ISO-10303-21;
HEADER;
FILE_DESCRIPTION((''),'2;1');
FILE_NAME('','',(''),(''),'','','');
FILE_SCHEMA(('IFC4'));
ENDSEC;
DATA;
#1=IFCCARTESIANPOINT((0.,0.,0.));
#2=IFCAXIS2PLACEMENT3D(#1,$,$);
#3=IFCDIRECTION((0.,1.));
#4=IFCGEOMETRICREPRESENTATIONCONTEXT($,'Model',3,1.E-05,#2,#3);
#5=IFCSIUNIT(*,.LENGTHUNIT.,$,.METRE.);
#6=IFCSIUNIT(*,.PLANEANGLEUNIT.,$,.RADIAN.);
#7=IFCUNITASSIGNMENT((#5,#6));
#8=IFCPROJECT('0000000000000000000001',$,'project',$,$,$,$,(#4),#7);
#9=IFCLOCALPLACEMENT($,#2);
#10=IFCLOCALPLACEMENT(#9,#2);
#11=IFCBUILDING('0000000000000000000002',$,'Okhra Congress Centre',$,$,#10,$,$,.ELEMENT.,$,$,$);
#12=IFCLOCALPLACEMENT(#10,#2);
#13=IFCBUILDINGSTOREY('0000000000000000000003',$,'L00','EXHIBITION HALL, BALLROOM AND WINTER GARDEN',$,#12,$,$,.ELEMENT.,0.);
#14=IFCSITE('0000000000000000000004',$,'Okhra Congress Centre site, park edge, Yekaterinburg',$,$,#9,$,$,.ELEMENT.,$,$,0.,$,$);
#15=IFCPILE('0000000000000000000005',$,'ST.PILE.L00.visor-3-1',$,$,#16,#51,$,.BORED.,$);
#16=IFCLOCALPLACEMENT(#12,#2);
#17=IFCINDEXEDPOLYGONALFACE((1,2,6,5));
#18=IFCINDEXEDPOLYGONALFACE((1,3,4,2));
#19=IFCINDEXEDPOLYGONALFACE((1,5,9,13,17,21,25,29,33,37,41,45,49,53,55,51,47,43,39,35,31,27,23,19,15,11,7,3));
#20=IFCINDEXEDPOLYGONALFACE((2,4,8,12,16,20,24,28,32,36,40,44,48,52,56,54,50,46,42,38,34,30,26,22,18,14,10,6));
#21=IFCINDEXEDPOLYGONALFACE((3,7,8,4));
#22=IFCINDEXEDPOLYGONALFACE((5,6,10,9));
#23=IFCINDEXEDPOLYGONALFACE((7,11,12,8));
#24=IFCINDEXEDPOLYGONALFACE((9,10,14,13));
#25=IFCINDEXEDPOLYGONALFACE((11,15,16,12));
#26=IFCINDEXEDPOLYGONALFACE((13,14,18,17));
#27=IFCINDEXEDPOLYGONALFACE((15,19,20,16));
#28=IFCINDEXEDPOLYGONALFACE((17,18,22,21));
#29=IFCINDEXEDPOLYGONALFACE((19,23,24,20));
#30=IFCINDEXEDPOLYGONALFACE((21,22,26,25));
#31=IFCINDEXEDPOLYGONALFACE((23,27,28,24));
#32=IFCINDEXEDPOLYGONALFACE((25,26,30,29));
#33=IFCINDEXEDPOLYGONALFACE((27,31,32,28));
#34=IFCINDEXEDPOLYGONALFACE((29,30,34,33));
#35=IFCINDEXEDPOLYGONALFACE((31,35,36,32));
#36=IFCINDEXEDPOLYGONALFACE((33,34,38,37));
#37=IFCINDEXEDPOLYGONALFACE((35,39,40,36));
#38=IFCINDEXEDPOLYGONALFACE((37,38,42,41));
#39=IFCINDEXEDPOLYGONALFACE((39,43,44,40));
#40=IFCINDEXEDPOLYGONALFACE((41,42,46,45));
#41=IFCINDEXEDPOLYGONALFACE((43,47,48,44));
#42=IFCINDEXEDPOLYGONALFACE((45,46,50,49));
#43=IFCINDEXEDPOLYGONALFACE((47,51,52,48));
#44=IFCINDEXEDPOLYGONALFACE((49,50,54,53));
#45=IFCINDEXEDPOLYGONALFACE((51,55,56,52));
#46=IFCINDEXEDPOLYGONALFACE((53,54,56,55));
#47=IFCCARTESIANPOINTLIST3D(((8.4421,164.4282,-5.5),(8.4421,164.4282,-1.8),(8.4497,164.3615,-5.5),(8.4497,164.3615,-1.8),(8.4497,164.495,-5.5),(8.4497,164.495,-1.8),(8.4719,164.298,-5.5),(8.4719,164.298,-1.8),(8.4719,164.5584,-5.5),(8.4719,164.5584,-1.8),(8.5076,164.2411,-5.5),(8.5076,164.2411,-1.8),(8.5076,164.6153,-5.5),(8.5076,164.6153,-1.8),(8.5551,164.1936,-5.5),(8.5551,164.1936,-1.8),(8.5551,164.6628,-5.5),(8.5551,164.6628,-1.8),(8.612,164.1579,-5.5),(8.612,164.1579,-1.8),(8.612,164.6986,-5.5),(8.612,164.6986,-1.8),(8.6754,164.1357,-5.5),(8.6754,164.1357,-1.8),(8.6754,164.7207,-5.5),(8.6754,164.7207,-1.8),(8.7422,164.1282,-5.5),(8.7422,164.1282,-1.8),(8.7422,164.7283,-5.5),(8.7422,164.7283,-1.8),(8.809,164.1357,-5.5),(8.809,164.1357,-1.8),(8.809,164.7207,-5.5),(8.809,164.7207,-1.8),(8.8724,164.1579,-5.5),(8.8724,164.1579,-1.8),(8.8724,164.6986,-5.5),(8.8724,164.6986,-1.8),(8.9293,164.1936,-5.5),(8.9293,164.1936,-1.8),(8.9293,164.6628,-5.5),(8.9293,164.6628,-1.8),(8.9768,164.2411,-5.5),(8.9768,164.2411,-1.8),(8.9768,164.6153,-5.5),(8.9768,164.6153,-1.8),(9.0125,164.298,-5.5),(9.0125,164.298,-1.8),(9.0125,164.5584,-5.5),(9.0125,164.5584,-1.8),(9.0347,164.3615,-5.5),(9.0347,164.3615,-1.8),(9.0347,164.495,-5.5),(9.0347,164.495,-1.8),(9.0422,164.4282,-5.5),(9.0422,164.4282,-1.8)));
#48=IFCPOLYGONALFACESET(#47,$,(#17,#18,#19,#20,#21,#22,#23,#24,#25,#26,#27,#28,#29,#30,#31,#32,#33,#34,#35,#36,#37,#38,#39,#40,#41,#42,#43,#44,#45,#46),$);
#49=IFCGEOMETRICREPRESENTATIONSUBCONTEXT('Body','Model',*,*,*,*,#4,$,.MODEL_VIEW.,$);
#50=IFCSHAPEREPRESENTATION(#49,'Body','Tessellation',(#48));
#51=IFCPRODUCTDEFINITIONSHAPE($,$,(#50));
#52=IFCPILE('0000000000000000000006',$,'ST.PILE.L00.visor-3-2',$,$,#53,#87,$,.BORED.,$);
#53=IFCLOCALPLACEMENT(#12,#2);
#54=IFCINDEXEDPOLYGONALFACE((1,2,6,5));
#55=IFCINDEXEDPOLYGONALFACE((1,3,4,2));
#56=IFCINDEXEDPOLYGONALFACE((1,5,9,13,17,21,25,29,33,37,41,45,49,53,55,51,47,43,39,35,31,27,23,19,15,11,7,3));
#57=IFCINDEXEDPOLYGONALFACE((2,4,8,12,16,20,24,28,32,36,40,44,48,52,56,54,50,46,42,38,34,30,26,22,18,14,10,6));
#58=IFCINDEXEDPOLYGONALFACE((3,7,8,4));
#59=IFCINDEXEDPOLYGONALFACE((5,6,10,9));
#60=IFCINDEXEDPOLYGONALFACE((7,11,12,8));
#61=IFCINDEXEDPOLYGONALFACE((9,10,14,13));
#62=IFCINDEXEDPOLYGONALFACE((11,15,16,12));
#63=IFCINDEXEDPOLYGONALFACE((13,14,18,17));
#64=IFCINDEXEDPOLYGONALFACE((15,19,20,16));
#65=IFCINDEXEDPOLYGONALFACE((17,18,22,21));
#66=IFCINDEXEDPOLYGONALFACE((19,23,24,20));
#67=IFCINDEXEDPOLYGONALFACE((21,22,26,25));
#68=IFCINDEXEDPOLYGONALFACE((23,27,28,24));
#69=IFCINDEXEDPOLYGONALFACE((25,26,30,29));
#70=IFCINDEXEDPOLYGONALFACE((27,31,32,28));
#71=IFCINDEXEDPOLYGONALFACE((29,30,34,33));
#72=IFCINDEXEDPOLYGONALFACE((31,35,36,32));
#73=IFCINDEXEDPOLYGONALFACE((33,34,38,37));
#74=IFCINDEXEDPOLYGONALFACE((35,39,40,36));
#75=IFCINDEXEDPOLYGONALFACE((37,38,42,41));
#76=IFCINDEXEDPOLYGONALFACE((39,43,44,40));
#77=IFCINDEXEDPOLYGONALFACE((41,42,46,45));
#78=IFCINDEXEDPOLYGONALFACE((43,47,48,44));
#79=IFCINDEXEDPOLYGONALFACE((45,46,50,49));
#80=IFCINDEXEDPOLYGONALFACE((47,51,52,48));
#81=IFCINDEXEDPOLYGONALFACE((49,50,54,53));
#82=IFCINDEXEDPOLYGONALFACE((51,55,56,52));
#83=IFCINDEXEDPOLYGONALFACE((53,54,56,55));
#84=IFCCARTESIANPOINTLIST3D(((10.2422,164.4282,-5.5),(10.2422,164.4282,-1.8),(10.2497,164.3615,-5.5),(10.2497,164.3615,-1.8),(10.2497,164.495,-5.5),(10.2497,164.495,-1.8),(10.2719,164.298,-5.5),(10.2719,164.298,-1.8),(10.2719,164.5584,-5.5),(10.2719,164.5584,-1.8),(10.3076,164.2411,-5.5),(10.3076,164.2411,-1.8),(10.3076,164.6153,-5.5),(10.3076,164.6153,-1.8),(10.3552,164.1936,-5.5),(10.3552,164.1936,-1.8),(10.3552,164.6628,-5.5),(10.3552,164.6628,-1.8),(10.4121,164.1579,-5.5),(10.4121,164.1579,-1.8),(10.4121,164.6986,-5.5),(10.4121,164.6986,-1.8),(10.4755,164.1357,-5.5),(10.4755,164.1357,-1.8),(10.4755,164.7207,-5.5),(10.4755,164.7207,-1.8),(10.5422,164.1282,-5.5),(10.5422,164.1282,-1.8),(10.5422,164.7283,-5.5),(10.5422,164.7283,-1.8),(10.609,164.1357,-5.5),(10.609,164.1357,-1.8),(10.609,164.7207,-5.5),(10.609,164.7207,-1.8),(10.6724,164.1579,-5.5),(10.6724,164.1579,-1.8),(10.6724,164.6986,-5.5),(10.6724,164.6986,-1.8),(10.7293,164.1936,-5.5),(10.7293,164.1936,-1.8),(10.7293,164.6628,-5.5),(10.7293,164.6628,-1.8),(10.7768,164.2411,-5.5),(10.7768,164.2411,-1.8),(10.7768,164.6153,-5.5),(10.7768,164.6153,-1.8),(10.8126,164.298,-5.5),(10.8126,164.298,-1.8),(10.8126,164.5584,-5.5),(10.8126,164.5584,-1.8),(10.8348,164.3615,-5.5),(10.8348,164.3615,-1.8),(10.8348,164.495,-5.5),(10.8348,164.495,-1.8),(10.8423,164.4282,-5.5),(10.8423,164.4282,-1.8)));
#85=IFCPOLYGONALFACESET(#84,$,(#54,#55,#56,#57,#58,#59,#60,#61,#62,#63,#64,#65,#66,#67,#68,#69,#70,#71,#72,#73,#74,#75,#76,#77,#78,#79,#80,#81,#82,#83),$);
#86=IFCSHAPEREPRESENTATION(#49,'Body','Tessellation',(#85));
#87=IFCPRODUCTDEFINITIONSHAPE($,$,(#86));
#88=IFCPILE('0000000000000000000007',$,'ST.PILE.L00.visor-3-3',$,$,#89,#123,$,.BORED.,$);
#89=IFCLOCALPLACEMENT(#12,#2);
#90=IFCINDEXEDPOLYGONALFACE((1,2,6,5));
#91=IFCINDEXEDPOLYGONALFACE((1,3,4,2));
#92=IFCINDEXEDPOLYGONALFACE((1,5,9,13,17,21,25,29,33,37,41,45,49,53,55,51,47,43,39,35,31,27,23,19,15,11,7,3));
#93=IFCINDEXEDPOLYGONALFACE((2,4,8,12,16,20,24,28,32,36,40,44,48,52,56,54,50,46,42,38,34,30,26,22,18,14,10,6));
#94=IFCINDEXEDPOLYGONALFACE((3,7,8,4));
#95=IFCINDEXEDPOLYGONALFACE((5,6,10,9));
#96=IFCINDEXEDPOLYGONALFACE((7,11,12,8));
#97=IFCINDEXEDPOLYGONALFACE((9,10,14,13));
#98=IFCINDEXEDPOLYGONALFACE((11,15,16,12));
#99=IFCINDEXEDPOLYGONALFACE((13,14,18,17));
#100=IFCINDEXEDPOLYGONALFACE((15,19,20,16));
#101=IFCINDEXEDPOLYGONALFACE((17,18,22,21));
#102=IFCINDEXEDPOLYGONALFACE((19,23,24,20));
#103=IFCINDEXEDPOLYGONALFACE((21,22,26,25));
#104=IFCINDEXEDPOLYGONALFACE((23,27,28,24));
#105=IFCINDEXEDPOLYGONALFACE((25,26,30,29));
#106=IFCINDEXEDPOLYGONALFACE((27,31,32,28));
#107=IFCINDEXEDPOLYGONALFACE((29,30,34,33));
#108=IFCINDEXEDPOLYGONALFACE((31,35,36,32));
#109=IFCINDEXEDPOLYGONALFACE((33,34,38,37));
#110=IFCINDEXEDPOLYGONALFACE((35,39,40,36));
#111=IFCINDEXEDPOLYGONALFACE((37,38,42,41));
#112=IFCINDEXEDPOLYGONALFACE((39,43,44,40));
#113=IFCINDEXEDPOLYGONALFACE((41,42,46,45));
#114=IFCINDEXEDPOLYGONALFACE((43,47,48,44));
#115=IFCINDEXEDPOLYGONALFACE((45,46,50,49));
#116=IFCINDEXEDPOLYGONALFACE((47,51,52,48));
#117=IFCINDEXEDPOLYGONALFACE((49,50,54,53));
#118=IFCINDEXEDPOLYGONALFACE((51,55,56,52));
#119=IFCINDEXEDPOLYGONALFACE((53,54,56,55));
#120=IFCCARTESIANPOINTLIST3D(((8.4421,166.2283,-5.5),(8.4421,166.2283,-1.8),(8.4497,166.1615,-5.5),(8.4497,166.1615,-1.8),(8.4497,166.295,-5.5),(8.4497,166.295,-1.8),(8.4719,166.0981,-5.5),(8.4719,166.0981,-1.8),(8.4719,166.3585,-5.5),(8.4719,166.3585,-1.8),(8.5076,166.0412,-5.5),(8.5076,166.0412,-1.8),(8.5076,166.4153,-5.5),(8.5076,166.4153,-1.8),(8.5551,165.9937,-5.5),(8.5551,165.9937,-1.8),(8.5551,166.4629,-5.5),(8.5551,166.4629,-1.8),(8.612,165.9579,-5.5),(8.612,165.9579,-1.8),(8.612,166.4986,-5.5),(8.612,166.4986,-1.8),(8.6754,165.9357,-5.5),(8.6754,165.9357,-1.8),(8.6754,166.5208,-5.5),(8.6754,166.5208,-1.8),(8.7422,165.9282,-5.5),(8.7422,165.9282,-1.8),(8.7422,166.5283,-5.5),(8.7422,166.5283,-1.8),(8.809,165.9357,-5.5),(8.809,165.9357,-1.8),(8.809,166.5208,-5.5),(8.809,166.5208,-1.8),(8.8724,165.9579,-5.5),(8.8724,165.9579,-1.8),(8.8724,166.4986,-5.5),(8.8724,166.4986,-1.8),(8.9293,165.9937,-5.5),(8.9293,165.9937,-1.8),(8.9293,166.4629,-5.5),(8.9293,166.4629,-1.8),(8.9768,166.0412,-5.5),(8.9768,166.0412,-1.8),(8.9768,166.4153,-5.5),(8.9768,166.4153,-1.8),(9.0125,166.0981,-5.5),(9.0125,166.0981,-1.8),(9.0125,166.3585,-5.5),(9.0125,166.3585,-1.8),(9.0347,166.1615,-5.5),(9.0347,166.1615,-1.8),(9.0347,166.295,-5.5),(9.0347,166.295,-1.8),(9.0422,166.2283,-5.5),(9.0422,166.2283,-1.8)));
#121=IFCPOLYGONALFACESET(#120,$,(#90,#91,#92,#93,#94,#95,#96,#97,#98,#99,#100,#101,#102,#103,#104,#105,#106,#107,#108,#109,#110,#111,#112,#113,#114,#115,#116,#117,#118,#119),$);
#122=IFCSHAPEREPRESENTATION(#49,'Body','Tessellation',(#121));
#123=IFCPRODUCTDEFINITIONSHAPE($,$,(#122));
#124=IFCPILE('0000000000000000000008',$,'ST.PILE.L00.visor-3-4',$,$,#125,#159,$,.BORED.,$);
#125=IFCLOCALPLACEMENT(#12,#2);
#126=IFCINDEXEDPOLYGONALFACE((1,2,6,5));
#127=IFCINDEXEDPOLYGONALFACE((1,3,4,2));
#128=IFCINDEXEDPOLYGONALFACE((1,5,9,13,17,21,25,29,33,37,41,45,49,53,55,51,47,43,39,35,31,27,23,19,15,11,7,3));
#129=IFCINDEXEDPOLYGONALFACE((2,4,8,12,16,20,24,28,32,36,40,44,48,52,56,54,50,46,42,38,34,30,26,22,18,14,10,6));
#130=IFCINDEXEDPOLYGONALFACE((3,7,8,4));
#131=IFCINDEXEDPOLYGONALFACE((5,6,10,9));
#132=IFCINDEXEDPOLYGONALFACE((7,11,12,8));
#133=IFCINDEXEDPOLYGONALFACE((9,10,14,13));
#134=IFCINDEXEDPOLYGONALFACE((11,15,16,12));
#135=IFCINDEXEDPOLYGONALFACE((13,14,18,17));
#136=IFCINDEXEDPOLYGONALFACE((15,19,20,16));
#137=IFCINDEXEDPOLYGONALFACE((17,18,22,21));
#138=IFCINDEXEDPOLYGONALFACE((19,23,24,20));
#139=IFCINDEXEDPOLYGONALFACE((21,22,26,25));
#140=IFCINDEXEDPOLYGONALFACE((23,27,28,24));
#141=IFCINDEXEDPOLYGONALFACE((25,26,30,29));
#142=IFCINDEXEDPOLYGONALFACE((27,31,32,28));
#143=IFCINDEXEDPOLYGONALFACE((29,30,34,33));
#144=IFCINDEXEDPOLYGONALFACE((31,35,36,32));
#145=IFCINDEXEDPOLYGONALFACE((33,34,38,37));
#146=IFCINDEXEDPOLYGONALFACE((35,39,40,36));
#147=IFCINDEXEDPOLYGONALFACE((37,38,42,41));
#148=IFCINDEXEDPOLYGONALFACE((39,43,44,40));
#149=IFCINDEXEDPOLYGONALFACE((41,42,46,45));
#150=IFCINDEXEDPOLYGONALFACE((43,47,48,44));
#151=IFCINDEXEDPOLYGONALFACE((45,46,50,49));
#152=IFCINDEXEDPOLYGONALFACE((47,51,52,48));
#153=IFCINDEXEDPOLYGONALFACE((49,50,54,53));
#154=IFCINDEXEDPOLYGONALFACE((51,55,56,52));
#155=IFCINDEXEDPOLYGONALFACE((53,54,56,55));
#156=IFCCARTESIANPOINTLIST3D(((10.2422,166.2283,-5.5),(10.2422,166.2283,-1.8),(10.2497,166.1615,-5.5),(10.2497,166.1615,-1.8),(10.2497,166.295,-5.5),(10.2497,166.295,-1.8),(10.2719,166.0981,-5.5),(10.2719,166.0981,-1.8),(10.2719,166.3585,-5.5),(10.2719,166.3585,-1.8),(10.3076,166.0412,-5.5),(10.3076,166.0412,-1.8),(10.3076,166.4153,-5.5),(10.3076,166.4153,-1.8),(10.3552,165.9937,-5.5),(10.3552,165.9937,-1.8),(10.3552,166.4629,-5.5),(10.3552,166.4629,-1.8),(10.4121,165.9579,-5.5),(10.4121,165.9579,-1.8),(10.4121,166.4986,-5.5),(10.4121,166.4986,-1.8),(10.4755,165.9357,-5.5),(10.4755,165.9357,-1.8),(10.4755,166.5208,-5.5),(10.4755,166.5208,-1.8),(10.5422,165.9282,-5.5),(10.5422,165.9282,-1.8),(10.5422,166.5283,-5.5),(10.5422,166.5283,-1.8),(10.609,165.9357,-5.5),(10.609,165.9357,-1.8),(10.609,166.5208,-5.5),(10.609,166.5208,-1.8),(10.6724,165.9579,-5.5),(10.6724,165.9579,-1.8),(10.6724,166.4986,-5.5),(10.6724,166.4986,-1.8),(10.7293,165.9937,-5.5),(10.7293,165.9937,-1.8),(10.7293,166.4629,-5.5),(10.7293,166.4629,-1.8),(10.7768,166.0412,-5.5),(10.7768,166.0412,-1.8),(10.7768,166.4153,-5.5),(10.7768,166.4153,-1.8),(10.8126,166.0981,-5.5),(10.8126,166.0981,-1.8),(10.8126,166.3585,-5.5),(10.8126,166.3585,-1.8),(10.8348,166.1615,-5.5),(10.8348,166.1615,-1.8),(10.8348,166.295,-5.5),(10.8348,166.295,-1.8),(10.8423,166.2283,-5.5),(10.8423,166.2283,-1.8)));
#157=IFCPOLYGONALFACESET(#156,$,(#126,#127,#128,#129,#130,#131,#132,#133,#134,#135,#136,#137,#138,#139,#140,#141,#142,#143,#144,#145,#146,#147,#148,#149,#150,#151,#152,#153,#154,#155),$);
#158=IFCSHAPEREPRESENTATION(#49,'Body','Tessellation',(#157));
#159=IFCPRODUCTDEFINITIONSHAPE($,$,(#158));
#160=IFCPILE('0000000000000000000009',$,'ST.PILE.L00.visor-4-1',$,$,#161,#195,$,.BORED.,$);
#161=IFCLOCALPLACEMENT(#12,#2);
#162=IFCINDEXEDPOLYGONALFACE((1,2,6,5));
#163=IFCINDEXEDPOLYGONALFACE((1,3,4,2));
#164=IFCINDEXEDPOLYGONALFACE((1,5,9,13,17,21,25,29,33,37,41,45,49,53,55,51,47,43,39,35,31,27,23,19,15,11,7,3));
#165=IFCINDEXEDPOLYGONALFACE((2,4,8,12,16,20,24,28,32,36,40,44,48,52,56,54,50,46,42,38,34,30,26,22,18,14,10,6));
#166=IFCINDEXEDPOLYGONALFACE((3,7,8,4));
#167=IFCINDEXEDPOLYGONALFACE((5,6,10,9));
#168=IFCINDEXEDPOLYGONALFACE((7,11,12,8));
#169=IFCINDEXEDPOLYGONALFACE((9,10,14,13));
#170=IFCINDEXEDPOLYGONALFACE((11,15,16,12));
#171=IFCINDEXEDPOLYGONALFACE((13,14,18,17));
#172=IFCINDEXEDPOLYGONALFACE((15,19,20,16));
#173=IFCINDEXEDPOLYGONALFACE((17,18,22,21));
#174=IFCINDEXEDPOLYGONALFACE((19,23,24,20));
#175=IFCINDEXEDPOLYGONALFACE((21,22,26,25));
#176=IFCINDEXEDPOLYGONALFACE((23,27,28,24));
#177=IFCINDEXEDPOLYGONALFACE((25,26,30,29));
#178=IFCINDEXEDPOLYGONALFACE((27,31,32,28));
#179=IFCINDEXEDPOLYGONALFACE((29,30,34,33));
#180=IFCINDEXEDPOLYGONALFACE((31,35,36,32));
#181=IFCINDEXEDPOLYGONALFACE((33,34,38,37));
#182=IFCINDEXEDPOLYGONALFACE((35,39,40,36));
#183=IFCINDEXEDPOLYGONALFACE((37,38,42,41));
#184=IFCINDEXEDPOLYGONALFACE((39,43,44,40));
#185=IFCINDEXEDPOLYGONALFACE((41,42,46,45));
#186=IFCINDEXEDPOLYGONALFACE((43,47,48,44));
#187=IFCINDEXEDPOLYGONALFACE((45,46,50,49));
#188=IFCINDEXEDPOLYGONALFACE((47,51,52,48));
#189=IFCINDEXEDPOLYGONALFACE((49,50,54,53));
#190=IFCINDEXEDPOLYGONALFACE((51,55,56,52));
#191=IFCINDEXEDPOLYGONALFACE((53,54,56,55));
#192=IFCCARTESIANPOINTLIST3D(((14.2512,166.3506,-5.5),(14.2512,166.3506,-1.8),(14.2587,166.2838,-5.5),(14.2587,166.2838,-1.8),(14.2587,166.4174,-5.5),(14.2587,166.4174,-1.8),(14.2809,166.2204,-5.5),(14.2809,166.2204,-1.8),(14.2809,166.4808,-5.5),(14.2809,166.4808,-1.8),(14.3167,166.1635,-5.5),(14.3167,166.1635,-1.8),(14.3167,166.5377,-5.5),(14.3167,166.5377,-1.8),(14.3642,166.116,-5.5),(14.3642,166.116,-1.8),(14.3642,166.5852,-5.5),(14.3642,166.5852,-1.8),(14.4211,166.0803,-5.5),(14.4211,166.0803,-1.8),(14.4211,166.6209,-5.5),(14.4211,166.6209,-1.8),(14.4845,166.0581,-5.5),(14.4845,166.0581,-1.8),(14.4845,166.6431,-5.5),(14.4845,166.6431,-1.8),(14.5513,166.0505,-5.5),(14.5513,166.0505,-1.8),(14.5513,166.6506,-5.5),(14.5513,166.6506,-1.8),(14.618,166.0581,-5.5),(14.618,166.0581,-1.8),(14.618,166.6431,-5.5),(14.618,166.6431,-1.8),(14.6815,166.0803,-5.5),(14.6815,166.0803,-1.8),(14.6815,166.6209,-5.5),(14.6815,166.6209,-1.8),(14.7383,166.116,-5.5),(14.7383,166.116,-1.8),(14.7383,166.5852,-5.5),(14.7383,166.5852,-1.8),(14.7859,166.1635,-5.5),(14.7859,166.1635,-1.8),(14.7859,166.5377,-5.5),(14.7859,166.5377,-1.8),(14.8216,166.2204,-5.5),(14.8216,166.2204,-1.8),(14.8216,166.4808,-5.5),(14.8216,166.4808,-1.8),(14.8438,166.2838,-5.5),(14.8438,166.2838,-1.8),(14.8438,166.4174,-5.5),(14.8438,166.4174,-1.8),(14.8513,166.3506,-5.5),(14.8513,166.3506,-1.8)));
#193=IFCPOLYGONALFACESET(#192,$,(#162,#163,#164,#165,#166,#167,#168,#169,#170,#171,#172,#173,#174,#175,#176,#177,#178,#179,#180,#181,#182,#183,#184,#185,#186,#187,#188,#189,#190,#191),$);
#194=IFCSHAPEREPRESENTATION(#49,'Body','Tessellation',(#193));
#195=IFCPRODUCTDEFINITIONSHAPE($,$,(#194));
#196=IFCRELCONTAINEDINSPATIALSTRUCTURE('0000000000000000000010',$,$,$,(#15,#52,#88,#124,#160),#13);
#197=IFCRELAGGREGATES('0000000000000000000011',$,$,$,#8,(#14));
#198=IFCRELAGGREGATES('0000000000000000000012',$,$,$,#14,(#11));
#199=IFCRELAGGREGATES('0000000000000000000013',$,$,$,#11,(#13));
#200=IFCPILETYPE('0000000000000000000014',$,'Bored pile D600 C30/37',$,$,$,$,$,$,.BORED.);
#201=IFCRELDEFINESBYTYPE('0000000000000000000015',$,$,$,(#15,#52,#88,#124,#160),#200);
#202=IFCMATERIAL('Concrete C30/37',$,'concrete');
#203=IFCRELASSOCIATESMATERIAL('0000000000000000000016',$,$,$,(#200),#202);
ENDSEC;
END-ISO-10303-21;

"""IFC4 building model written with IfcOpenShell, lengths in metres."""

from ifc_helpers import new_model, si_unit, direction, frame, origin, origin_2d, place, context, subcontext, project, spatial, circle, extrude, material, material_profile, profile_set, type_object, element, save


model = new_model("IFC4")

# Units and contexts
model_context = context("Model", 3, precision=1e-05, world=origin(), true_north=direction((0.0, 1.0)))
body_context = subcontext(model_context, "Body", "Model", "MODEL_VIEW")
ifc_project = project(units=[si_unit("LENGTHUNIT", "METRE"), si_unit("PLANEANGLEUNIT", "RADIAN")], contexts=[model_context])

# Site, building, storey
site_placement = place(None, origin())
site = spatial("IfcSite", under=ifc_project, at=site_placement, Name="Okhra Congress Centre site, park edge, Yekaterinburg", CompositionType="ELEMENT", RefElevation=0.0)
building_placement = place(site_placement, origin())
building = spatial("IfcBuilding", under=site, at=building_placement, Name="Okhra Congress Centre", CompositionType="ELEMENT")
storey_placement = place(building_placement, origin())
storey = spatial("IfcBuildingStorey", under=building, at=storey_placement, Name="L00", Description="EXHIBITION HALL, BALLROOM AND WINTER GARDEN", CompositionType="ELEMENT", Elevation=0.0)

# Piles
ifc_material_1 = material(Name="Concrete C30/37", Category="concrete")
ifc_material_profile_1 = material_profile(ifc_material_1, circle(Radius=0.3, at=origin_2d()), Name="D600")
ifc_profile_set_1 = profile_set([ifc_material_profile_1], Name="Concrete C30/37")
pile_type = type_object("IfcPileType", Name="Bored pile D600 C30/37", PredefinedType="BORED", material=ifc_profile_set_1)
for number, where, z_axis, x_axis, name in (
    (1, (8.7422, 164.4282, -1.8), (0.0, 0.0, -1.0), (1.0, 0.0, 0.0), "ST.PILE.L00.visor-3-1"),
    (2, (10.5422, 164.4282, -1.8), (0.0, 0.0, -1.0), (1.0, 0.0, 0.0), "ST.PILE.L00.visor-3-2"),
    (3, (8.7422, 166.2283, -1.8), (0.0, 0.0, -1.0), (1.0, 0.0, 0.0), "ST.PILE.L00.visor-3-3"),
    (4, (10.5422, 166.2283, -1.8), (0.0, 0.0, -1.0), (1.0, 0.0, 0.0), "ST.PILE.L00.visor-3-4"),
    (5, (14.5513, 166.3506, -1.8), (0.0, 0.0, -1.0), (1.0, 0.0, 0.0), "ST.PILE.L00.visor-4-1"),
):
    element("IfcPile", number, at=place(storey_placement, frame(where, z_axis=z_axis, x_axis=x_axis)), inside=storey, type_object=pile_type, Name=name, PredefinedType="BORED", context=body_context, shape_type="SweptSolid", body=[
        extrude(circle(Radius=0.3, at=origin_2d()), origin(), (0.0, 0.0, 1.0), 3.7),
    ])

save(model, "model.ifc")
